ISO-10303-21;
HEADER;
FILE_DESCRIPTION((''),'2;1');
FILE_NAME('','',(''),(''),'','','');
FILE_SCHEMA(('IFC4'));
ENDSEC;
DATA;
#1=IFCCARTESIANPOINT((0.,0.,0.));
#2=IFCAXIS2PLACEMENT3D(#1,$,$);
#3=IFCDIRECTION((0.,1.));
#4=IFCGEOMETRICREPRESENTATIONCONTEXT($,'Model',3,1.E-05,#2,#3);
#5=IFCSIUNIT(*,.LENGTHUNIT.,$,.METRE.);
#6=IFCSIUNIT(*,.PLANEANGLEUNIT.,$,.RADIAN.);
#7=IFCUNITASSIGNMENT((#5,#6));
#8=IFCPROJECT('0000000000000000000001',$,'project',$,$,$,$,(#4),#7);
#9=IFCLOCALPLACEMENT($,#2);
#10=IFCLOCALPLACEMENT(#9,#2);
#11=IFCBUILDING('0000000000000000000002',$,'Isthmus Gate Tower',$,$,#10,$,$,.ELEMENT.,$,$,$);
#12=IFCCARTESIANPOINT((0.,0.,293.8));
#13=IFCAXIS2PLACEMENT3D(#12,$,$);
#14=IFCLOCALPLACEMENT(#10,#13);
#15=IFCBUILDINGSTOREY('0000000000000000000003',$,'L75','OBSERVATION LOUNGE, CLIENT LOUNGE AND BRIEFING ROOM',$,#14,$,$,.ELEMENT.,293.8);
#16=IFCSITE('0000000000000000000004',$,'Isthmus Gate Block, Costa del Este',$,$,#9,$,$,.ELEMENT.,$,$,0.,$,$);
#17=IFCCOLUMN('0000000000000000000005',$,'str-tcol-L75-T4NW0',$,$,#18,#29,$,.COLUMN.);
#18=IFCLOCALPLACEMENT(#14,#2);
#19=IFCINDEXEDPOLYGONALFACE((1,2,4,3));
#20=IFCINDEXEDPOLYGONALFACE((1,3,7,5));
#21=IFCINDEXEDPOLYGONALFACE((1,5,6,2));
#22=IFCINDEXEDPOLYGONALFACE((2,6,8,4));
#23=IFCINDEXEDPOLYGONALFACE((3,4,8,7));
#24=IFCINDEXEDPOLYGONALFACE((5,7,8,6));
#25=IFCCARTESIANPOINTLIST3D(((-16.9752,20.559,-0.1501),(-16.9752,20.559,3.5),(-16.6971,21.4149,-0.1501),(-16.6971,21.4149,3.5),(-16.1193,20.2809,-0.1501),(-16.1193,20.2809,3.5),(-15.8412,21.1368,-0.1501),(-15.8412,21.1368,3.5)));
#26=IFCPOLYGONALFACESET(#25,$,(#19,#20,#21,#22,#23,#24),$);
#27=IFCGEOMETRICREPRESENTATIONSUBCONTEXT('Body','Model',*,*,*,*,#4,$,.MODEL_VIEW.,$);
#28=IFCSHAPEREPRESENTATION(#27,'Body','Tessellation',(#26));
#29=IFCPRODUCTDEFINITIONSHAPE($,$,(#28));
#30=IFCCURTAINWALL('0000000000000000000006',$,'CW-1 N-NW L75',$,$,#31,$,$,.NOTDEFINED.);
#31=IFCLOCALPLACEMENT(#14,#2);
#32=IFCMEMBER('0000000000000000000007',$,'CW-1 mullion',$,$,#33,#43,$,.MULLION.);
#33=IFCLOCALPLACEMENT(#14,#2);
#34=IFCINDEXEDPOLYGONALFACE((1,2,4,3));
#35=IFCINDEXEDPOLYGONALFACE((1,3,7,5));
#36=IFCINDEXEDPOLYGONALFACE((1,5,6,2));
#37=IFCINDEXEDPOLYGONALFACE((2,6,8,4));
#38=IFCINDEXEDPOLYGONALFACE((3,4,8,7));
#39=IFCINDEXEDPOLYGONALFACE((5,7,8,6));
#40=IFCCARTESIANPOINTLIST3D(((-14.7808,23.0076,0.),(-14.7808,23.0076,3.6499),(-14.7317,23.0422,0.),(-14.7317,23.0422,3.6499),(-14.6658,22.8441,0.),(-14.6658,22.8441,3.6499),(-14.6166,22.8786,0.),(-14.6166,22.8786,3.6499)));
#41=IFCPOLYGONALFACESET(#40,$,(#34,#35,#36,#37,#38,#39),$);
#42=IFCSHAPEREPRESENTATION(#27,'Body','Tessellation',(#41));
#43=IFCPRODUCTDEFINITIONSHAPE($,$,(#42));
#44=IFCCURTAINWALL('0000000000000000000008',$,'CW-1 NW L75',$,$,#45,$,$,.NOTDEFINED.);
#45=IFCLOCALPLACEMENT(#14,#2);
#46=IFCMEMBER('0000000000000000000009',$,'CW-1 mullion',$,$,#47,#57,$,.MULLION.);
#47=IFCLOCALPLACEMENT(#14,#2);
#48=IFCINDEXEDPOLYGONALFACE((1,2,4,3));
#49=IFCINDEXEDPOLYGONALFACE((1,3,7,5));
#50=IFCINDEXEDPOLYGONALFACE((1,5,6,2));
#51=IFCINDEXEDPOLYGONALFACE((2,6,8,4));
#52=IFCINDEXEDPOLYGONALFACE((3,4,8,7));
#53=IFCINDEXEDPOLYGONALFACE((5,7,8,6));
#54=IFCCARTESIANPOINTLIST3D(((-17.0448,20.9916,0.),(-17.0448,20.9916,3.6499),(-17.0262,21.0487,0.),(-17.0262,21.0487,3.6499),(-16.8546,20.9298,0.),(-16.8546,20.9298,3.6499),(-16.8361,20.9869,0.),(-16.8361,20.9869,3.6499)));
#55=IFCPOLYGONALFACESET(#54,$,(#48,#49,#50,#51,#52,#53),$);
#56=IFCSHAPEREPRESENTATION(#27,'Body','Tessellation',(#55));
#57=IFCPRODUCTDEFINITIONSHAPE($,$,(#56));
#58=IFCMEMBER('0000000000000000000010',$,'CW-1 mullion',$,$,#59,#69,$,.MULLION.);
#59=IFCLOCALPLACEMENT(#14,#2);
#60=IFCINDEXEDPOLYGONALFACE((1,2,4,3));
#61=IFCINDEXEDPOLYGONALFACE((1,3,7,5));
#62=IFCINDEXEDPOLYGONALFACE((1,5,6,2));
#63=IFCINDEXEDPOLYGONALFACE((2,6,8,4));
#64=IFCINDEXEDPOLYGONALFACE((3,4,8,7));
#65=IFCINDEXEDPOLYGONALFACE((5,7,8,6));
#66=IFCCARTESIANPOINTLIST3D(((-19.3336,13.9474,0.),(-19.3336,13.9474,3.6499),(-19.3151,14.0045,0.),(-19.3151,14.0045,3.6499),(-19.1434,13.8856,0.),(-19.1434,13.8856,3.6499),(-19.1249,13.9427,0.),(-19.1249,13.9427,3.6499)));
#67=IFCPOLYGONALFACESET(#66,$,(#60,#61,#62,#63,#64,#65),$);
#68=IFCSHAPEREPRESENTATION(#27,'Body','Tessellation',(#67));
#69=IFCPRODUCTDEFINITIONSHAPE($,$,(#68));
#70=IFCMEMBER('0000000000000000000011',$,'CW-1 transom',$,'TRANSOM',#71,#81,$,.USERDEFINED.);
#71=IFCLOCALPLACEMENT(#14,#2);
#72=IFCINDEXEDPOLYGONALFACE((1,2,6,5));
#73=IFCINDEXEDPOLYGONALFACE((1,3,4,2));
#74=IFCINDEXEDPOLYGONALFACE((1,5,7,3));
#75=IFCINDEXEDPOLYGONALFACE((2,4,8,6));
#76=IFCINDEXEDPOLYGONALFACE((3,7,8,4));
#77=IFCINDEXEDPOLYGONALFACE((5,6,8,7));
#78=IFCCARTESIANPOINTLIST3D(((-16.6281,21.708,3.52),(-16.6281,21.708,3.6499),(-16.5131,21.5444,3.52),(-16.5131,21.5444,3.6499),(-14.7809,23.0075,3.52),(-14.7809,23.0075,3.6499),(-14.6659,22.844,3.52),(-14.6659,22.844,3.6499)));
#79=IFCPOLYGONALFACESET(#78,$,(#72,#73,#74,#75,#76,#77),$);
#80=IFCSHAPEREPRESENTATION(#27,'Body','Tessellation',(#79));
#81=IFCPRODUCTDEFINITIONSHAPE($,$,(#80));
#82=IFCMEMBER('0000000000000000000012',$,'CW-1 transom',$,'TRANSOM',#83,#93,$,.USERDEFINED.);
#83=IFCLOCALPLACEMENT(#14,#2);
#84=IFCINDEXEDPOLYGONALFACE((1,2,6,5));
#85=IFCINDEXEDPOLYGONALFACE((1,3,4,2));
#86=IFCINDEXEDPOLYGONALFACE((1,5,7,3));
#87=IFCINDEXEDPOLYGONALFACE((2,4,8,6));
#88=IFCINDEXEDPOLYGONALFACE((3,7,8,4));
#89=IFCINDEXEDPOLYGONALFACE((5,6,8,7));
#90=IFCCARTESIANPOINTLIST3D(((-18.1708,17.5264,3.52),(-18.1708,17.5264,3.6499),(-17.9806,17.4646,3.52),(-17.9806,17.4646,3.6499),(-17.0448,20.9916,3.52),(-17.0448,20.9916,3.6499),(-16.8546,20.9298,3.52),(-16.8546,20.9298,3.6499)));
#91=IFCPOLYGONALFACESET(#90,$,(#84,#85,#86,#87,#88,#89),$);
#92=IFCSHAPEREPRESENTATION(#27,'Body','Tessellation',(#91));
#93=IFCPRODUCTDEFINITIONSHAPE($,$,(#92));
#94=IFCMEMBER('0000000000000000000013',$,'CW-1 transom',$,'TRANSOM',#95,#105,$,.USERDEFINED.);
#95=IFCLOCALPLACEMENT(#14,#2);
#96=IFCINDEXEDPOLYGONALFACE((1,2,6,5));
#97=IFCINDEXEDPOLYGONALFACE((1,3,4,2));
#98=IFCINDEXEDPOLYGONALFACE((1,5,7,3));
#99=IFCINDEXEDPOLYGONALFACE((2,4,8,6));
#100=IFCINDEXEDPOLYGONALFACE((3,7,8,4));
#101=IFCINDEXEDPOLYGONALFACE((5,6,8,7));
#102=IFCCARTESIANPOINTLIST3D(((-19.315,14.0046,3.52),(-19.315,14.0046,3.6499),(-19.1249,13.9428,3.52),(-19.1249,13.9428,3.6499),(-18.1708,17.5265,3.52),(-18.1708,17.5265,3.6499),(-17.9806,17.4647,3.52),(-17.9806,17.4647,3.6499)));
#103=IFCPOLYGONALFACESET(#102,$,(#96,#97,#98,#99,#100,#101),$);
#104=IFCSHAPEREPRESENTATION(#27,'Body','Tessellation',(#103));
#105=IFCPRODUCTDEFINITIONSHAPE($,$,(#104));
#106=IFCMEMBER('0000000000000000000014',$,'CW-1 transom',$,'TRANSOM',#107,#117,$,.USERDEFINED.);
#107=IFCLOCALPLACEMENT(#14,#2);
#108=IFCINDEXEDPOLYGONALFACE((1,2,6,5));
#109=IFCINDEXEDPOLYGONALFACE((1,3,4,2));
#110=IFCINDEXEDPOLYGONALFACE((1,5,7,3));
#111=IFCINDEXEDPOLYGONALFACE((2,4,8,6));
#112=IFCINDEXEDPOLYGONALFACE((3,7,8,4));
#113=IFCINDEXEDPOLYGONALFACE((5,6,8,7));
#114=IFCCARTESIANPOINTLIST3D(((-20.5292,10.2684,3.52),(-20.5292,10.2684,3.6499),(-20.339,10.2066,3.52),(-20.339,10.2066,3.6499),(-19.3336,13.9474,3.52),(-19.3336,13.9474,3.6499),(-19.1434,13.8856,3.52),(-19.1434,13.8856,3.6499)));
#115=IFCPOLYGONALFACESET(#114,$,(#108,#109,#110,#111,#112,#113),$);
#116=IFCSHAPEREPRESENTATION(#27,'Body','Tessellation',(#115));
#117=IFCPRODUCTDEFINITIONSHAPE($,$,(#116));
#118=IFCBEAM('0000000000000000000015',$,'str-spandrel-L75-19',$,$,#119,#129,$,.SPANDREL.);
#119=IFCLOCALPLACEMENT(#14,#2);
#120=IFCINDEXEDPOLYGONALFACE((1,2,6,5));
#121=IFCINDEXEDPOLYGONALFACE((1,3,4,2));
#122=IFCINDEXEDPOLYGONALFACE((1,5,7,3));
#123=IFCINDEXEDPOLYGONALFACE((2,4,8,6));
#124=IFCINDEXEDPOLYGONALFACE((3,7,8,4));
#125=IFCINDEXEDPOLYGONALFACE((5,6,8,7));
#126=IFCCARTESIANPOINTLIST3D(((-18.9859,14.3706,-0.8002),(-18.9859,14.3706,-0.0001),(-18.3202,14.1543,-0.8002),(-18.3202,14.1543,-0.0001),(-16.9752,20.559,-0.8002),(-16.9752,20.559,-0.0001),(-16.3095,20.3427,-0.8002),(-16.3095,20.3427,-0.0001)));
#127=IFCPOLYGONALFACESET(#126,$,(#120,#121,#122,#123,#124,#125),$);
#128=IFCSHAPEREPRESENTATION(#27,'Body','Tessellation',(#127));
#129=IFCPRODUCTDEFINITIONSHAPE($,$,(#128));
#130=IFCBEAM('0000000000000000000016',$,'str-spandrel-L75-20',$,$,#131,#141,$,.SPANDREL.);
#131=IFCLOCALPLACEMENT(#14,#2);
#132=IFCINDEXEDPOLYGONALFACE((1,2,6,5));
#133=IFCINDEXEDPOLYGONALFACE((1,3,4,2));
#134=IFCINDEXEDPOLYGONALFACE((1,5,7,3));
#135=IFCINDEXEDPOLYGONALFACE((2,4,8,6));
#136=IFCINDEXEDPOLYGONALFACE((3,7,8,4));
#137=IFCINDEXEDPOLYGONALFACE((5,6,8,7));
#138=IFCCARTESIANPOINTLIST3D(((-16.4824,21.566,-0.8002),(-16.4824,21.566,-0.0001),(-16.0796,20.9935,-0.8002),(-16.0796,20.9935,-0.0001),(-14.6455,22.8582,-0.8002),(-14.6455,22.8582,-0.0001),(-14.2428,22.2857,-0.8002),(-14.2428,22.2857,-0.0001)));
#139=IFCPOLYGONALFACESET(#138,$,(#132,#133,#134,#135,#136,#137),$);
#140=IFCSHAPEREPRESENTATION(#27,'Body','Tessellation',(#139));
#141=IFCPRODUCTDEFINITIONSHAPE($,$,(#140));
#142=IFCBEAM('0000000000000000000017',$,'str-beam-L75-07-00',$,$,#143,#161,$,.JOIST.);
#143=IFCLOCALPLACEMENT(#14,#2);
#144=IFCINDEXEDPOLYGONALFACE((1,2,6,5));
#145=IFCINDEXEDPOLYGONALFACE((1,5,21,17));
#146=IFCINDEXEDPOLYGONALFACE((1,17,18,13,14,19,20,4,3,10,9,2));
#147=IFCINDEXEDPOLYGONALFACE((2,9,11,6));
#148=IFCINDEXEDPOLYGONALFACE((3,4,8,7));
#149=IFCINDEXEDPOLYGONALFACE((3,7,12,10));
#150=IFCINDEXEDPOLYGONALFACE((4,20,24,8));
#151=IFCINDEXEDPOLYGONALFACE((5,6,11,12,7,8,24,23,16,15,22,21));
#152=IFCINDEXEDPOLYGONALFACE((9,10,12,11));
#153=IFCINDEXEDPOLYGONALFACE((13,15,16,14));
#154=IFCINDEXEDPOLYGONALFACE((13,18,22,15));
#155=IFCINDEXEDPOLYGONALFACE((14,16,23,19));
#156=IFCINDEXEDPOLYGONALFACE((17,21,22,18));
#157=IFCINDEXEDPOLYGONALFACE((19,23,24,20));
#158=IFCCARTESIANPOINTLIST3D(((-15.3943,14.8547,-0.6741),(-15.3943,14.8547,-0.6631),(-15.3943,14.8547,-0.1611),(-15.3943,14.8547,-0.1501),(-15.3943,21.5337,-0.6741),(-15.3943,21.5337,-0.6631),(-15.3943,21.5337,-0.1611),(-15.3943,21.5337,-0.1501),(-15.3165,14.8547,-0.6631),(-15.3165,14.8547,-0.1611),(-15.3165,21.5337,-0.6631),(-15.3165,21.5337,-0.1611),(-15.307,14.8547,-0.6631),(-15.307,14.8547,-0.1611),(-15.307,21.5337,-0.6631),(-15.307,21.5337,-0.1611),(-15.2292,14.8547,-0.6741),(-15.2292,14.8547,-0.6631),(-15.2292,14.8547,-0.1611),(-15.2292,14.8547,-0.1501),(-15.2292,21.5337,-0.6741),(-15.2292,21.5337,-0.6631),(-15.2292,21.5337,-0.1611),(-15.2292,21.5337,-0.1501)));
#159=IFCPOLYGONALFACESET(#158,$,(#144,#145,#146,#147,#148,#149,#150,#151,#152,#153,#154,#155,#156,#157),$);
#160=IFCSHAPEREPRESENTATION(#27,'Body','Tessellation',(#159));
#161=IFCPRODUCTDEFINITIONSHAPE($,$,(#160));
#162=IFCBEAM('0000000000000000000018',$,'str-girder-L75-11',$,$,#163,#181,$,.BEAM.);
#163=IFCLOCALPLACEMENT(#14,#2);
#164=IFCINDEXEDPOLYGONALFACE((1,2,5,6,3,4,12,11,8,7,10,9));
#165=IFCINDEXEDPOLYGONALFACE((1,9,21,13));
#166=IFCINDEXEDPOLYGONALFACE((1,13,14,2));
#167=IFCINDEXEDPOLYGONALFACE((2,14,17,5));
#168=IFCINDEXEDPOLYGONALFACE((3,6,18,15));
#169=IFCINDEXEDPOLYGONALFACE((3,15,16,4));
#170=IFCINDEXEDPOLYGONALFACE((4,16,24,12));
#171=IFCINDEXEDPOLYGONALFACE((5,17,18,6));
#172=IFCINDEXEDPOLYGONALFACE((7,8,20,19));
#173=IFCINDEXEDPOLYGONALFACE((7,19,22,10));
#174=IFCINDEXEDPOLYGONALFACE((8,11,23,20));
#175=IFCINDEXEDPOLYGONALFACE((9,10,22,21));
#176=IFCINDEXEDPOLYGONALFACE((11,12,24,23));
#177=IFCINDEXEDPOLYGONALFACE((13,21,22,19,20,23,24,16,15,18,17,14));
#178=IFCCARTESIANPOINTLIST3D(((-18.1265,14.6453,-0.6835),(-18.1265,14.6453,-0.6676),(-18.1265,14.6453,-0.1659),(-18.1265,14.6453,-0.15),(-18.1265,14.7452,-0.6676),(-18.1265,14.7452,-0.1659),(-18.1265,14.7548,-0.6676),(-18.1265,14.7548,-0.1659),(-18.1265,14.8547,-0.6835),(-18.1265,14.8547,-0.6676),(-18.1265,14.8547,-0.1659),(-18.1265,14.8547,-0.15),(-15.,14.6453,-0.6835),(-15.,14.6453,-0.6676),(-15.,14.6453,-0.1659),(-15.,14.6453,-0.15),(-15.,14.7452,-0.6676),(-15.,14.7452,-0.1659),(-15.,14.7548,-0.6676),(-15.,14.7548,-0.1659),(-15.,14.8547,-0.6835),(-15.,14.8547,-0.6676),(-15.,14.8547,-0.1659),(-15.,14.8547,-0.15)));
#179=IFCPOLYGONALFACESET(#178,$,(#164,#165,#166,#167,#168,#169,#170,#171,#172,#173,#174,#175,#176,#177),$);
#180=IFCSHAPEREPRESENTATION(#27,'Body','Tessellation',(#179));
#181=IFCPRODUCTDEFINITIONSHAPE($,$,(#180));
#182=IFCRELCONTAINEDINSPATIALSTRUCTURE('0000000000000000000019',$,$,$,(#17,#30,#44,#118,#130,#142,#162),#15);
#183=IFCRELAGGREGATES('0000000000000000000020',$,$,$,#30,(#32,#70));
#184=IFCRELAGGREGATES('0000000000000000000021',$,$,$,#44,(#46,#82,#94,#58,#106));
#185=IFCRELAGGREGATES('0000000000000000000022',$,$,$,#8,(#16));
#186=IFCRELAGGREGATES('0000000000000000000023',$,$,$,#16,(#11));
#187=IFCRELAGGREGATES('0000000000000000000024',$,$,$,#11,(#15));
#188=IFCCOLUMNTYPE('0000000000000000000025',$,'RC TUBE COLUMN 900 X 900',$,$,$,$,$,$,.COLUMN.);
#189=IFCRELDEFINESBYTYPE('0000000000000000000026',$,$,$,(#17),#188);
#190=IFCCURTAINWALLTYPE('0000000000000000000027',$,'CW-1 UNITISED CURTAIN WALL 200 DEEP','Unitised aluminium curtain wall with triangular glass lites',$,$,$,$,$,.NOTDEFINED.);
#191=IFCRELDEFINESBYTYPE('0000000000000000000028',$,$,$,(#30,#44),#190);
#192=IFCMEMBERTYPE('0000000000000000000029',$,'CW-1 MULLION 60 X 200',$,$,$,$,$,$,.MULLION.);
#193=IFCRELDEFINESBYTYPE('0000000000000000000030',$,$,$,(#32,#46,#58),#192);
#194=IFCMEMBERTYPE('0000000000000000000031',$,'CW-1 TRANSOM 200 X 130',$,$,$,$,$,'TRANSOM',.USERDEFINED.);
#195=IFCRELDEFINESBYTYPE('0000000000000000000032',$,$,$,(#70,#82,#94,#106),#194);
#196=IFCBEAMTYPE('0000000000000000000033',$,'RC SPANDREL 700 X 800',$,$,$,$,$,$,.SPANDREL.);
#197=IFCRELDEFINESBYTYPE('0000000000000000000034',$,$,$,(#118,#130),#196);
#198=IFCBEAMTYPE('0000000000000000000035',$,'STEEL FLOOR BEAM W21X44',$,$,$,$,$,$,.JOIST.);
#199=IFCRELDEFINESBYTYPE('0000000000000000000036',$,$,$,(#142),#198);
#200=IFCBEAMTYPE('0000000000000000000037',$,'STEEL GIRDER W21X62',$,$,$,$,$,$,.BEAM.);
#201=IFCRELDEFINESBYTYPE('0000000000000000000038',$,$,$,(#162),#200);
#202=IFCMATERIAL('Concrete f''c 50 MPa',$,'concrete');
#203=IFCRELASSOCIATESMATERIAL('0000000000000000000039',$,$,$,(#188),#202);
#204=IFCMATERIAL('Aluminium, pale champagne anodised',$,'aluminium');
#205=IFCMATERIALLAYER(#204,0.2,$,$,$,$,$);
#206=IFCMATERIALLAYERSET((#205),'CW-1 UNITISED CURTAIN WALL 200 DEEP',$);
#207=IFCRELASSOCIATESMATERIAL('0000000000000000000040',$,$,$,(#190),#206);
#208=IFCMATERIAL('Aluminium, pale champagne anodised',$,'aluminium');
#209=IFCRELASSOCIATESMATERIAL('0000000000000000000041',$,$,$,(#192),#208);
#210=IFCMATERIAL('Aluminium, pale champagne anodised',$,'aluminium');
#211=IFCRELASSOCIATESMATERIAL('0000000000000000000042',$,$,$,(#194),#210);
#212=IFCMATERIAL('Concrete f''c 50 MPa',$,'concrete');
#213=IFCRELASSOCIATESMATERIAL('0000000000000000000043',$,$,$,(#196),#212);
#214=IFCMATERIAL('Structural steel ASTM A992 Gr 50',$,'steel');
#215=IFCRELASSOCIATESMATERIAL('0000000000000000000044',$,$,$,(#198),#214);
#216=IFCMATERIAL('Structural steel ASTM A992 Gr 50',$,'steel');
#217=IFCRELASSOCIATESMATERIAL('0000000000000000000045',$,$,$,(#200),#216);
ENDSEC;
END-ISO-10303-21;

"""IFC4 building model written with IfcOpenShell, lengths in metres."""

from ifc_helpers import new_model, si_unit, direction, frame, origin, origin_2d, place, context, subcontext, project, spatial, rectangle, i_section, extrude, material, layer, layer_set, material_profile, profile_set, type_object, element, aggregate, save


model = new_model("IFC4")

# Units and contexts
model_context = context("Model", 3, precision=1e-05, world=origin(), true_north=direction((0.0, 1.0)))
body_context = subcontext(model_context, "Body", "Model", "MODEL_VIEW")
ifc_project = project(units=[si_unit("LENGTHUNIT", "METRE"), si_unit("PLANEANGLEUNIT", "RADIAN")], contexts=[model_context])

# Site, building, storey
site_placement = place(None, origin())
site = spatial("IfcSite", under=ifc_project, at=site_placement, Name="Isthmus Gate Block, Costa del Este", CompositionType="ELEMENT", RefElevation=0.0)
building_placement = place(site_placement, origin())
building = spatial("IfcBuilding", under=site, at=building_placement, Name="Isthmus Gate Tower", CompositionType="ELEMENT")
storey_placement = place(building_placement, frame((0.0, 0.0, 293.8)))
storey = spatial("IfcBuildingStorey", under=building, at=storey_placement, Name="L75", Description="OBSERVATION LOUNGE, CLIENT LOUNGE AND BRIEFING ROOM", CompositionType="ELEMENT", Elevation=293.8)

# Column
ifc_material_1 = material(Name="Concrete f'c 50 MPa", Category="concrete")
ifc_material_profile_1 = material_profile(ifc_material_1, rectangle(XDim=0.8999, YDim=0.8999, at=origin_2d()), Name="RC 900X900")
ifc_profile_set_1 = profile_set([ifc_material_profile_1], Name="Concrete f'c 50 MPa")
column_type = type_object("IfcColumnType", Name="RC TUBE COLUMN 900 X 900", PredefinedType="COLUMN", material=ifc_profile_set_1)
column_placement = place(storey_placement, frame((-16.4082, 20.8479, -0.1501), z_axis=(0.0, 0.0, 1.0), x_axis=(-0.309017, -0.951057, 0.0)))
element("IfcColumn", 1, at=column_placement, inside=storey, type_object=column_type, Name="str-tcol-L75-T4NW0", PredefinedType="COLUMN", context=body_context, shape_type="SweptSolid", body=[
    extrude(rectangle(XDim=0.8999, YDim=0.8999, at=origin_2d()), origin(), (0.0, 0.0, 1.0), 3.6501),
])

# Curtain wall, member
ifc_material_2 = material(Name="Aluminium, pale champagne anodised", Category="aluminium")
ifc_layer_1 = layer(ifc_material_2, 0.2)
ifc_layer_set_1 = layer_set([ifc_layer_1], Name="CW-1 UNITISED CURTAIN WALL 200 DEEP")
curtain_wall_type = type_object("IfcCurtainWallType", Name="CW-1 UNITISED CURTAIN WALL 200 DEEP", Description="Unitised aluminium curtain wall with triangular glass lites", PredefinedType="NOTDEFINED", material=ifc_layer_set_1)
curtain_wall_1_placement = place(storey_placement, origin())
curtain_wall_1 = element("IfcCurtainWall", 2, at=curtain_wall_1_placement, inside=storey, type_object=curtain_wall_type, Name="CW-1 N-NW L75", PredefinedType="NOTDEFINED")
ifc_material_3 = material(Name="Aluminium, pale champagne anodised", Category="aluminium")
ifc_material_profile_2 = material_profile(ifc_material_3, rectangle(XDim=0.0601, YDim=0.2, at=origin_2d()), Name="60x200")
ifc_profile_set_2 = profile_set([ifc_material_profile_2], Name="Aluminium, pale champagne anodised")
member_type_1 = type_object("IfcMemberType", Name="CW-1 MULLION 60 X 200", PredefinedType="MULLION", material=ifc_profile_set_2)
member_1_placement = place(storey_placement, frame((-14.6987, 22.9431, 0.0), z_axis=(0.0, 0.0, 1.0), x_axis=(-0.81786, -0.575418, 0.0)))
member_1 = element("IfcMember", 3, at=member_1_placement, type_object=member_type_1, Name="CW-1 mullion", PredefinedType="MULLION", context=body_context, shape_type="SweptSolid", body=[
    extrude(rectangle(XDim=0.0601, YDim=0.2, at=origin_2d()), origin(), (0.0, 0.0, 1.0), 3.6499),
])

# Curtain wall, members
curtain_wall_2_placement = place(storey_placement, origin())
curtain_wall_2 = element("IfcCurtainWall", 4, at=curtain_wall_2_placement, inside=storey, type_object=curtain_wall_type, Name="CW-1 NW L75", PredefinedType="NOTDEFINED")
member_2_placement = place(storey_placement, frame((-16.9404, 20.9893, 0.0), z_axis=(0.0, 0.0, 1.0), x_axis=(-0.309017, -0.951057, 0.0)))
member_2 = element("IfcMember", 5, at=member_2_placement, type_object=member_type_1, Name="CW-1 mullion", PredefinedType="MULLION", context=body_context, shape_type="SweptSolid", body=[
    extrude(rectangle(XDim=0.0601, YDim=0.2, at=origin_2d()), origin(), (0.0, 0.0, 1.0), 3.6499),
])
member_3_placement = place(storey_placement, frame((-19.2292, 13.9451, 0.0), z_axis=(0.0, 0.0, 1.0), x_axis=(-0.309017, -0.951057, 0.0)))
member_3 = element("IfcMember", 6, at=member_3_placement, type_object=member_type_1, Name="CW-1 mullion", PredefinedType="MULLION", context=body_context, shape_type="SweptSolid", body=[
    extrude(rectangle(XDim=0.0601, YDim=0.2, at=origin_2d()), origin(), (0.0, 0.0, 1.0), 3.6499),
])

# Members
ifc_material_4 = material(Name="Aluminium, pale champagne anodised", Category="aluminium")
ifc_material_profile_3 = material_profile(ifc_material_4, rectangle(XDim=0.2, YDim=0.1299, at=origin_2d()), Name="200x130")
ifc_profile_set_3 = profile_set([ifc_material_profile_3], Name="Aluminium, pale champagne anodised")
member_type_2 = type_object("IfcMemberType", Name="CW-1 TRANSOM 200 X 130", ElementType="TRANSOM", PredefinedType="USERDEFINED", material=ifc_profile_set_3)
member_4_placement = place(storey_placement, frame((-14.7234, 22.9258, 3.585), z_axis=(-0.817869, -0.575405, 0.0), x_axis=(0.575405, -0.817869, 0.0)))
member_4 = element("IfcMember", 7, at=member_4_placement, type_object=member_type_2, Name="CW-1 transom", ObjectType="TRANSOM", PredefinedType="USERDEFINED", context=body_context, shape_type="SweptSolid", body=[
    extrude(rectangle(XDim=0.2, YDim=0.1299, at=origin_2d()), origin(), (0.0, 0.0, 1.0), 2.2585),
])
member_5_placement = place(storey_placement, frame((-16.9497, 20.9607, 3.585), z_axis=(-0.309042, -0.951048, 0.0), x_axis=(0.951048, -0.309042, 0.0)))
member_5 = element("IfcMember", 8, at=member_5_placement, type_object=member_type_2, Name="CW-1 transom", ObjectType="TRANSOM", PredefinedType="USERDEFINED", context=body_context, shape_type="SweptSolid", body=[
    extrude(rectangle(XDim=0.2, YDim=0.1299, at=origin_2d()), origin(), (0.0, 0.0, 1.0), 3.6436),
])
member_6_placement = place(storey_placement, frame((-18.0757, 17.4956, 3.585), z_axis=(-0.309, -0.951062, 0.0), x_axis=(0.951062, -0.309, 0.0)))
member_6 = element("IfcMember", 9, at=member_6_placement, type_object=member_type_2, Name="CW-1 transom", ObjectType="TRANSOM", PredefinedType="USERDEFINED", context=body_context, shape_type="SweptSolid", body=[
    extrude(rectangle(XDim=0.2, YDim=0.1299, at=origin_2d()), origin(), (0.0, 0.0, 1.0), 3.7031),
])
member_7_placement = place(storey_placement, frame((-19.2385, 13.9165, 3.585), z_axis=(-0.309062, -0.951042, 0.0), x_axis=(0.951042, -0.309062, 0.0)))
member_7 = element("IfcMember", 10, at=member_7_placement, type_object=member_type_2, Name="CW-1 transom", ObjectType="TRANSOM", PredefinedType="USERDEFINED", context=body_context, shape_type="SweptSolid", body=[
    extrude(rectangle(XDim=0.2, YDim=0.1299, at=origin_2d()), origin(), (0.0, 0.0, 1.0), 3.8684),
])

# Beams
ifc_material_5 = material(Name="Concrete f'c 50 MPa", Category="concrete")
ifc_material_profile_4 = material_profile(ifc_material_5, rectangle(XDim=0.7, YDim=0.8, at=origin_2d()), Name="RC 700X800")
ifc_profile_set_4 = profile_set([ifc_material_profile_4], Name="Concrete f'c 50 MPa")
beam_type_1 = type_object("IfcBeamType", Name="RC SPANDREL 700 X 800", PredefinedType="SPANDREL", material=ifc_profile_set_4)
beam_1_placement = place(storey_placement, frame((-18.6531, 14.2625, -0.4001), z_axis=(0.309015, 0.951057, 0.0), x_axis=(-0.951057, 0.309015, 0.0)))
element("IfcBeam", 11, at=beam_1_placement, inside=storey, type_object=beam_type_1, Name="str-spandrel-L75-19", PredefinedType="SPANDREL", context=body_context, shape_type="SweptSolid", body=[
    extrude(rectangle(XDim=0.7, YDim=0.8, at=origin_2d()), origin(), (0.0, 0.0, 1.0), 6.5068),
])
beam_2_placement = place(storey_placement, frame((-16.281, 21.2798, -0.4001), z_axis=(0.817892, 0.575372, 0.0), x_axis=(-0.575372, 0.817892, 0.0)))
element("IfcBeam", 12, at=beam_2_placement, inside=storey, type_object=beam_type_1, Name="str-spandrel-L75-20", PredefinedType="SPANDREL", context=body_context, shape_type="SweptSolid", body=[
    extrude(rectangle(XDim=0.7, YDim=0.8, at=origin_2d()), origin(), (0.0, 0.0, 1.0), 2.2458),
])
ifc_material_6 = material(Name="Structural steel ASTM A992 Gr 50", Category="steel")
ifc_material_profile_5 = material_profile(ifc_material_6, i_section(OverallWidth=0.165, OverallDepth=0.5239, WebThickness=0.0095, FlangeThickness=0.011, at=origin_2d()), Name="W21X44")
ifc_profile_set_5 = profile_set([ifc_material_profile_5], Name="Structural steel ASTM A992 Gr 50")
beam_type_2 = type_object("IfcBeamType", Name="STEEL FLOOR BEAM W21X44", PredefinedType="JOIST", material=ifc_profile_set_5)
beam_3_placement = place(storey_placement, frame((-15.3118, 14.8547, -0.4121), z_axis=(0.0, 1.0, 0.0), x_axis=(-1.0, 0.0, 0.0)))
element("IfcBeam", 13, at=beam_3_placement, inside=storey, type_object=beam_type_2, Name="str-beam-L75-07-00", PredefinedType="JOIST", context=body_context, shape_type="SweptSolid", body=[
    extrude(i_section(OverallWidth=0.165, OverallDepth=0.5239, WebThickness=0.0095, FlangeThickness=0.011, at=origin_2d()), origin(), (0.0, 0.0, 1.0), 6.679),
])
ifc_material_7 = material(Name="Structural steel ASTM A992 Gr 50", Category="steel")
ifc_material_profile_6 = material_profile(ifc_material_7, i_section(OverallWidth=0.2095, OverallDepth=0.5334, WebThickness=0.0095, FlangeThickness=0.0159, at=origin_2d()), Name="W21X62")
ifc_profile_set_6 = profile_set([ifc_material_profile_6], Name="Structural steel ASTM A992 Gr 50")
beam_type_3 = type_object("IfcBeamType", Name="STEEL GIRDER W21X62", PredefinedType="BEAM", material=ifc_profile_set_6)
beam_4_placement = place(storey_placement, frame((-15.0, 14.75, -0.4167), z_axis=(-1.0, 0.0, 0.0), x_axis=(0.0, -1.0, 0.0)))
element("IfcBeam", 14, at=beam_4_placement, inside=storey, type_object=beam_type_3, Name="str-girder-L75-11", PredefinedType="BEAM", context=body_context, shape_type="SweptSolid", body=[
    extrude(i_section(OverallWidth=0.2095, OverallDepth=0.5334, WebThickness=0.0095, FlangeThickness=0.0159, at=origin_2d()), origin(), (0.0, 0.0, 1.0), 3.1265),
])

aggregate(curtain_wall_1, [member_1, member_4])

aggregate(curtain_wall_2, [member_2, member_5, member_6, member_3, member_7])

save(model, "model.ifc")
